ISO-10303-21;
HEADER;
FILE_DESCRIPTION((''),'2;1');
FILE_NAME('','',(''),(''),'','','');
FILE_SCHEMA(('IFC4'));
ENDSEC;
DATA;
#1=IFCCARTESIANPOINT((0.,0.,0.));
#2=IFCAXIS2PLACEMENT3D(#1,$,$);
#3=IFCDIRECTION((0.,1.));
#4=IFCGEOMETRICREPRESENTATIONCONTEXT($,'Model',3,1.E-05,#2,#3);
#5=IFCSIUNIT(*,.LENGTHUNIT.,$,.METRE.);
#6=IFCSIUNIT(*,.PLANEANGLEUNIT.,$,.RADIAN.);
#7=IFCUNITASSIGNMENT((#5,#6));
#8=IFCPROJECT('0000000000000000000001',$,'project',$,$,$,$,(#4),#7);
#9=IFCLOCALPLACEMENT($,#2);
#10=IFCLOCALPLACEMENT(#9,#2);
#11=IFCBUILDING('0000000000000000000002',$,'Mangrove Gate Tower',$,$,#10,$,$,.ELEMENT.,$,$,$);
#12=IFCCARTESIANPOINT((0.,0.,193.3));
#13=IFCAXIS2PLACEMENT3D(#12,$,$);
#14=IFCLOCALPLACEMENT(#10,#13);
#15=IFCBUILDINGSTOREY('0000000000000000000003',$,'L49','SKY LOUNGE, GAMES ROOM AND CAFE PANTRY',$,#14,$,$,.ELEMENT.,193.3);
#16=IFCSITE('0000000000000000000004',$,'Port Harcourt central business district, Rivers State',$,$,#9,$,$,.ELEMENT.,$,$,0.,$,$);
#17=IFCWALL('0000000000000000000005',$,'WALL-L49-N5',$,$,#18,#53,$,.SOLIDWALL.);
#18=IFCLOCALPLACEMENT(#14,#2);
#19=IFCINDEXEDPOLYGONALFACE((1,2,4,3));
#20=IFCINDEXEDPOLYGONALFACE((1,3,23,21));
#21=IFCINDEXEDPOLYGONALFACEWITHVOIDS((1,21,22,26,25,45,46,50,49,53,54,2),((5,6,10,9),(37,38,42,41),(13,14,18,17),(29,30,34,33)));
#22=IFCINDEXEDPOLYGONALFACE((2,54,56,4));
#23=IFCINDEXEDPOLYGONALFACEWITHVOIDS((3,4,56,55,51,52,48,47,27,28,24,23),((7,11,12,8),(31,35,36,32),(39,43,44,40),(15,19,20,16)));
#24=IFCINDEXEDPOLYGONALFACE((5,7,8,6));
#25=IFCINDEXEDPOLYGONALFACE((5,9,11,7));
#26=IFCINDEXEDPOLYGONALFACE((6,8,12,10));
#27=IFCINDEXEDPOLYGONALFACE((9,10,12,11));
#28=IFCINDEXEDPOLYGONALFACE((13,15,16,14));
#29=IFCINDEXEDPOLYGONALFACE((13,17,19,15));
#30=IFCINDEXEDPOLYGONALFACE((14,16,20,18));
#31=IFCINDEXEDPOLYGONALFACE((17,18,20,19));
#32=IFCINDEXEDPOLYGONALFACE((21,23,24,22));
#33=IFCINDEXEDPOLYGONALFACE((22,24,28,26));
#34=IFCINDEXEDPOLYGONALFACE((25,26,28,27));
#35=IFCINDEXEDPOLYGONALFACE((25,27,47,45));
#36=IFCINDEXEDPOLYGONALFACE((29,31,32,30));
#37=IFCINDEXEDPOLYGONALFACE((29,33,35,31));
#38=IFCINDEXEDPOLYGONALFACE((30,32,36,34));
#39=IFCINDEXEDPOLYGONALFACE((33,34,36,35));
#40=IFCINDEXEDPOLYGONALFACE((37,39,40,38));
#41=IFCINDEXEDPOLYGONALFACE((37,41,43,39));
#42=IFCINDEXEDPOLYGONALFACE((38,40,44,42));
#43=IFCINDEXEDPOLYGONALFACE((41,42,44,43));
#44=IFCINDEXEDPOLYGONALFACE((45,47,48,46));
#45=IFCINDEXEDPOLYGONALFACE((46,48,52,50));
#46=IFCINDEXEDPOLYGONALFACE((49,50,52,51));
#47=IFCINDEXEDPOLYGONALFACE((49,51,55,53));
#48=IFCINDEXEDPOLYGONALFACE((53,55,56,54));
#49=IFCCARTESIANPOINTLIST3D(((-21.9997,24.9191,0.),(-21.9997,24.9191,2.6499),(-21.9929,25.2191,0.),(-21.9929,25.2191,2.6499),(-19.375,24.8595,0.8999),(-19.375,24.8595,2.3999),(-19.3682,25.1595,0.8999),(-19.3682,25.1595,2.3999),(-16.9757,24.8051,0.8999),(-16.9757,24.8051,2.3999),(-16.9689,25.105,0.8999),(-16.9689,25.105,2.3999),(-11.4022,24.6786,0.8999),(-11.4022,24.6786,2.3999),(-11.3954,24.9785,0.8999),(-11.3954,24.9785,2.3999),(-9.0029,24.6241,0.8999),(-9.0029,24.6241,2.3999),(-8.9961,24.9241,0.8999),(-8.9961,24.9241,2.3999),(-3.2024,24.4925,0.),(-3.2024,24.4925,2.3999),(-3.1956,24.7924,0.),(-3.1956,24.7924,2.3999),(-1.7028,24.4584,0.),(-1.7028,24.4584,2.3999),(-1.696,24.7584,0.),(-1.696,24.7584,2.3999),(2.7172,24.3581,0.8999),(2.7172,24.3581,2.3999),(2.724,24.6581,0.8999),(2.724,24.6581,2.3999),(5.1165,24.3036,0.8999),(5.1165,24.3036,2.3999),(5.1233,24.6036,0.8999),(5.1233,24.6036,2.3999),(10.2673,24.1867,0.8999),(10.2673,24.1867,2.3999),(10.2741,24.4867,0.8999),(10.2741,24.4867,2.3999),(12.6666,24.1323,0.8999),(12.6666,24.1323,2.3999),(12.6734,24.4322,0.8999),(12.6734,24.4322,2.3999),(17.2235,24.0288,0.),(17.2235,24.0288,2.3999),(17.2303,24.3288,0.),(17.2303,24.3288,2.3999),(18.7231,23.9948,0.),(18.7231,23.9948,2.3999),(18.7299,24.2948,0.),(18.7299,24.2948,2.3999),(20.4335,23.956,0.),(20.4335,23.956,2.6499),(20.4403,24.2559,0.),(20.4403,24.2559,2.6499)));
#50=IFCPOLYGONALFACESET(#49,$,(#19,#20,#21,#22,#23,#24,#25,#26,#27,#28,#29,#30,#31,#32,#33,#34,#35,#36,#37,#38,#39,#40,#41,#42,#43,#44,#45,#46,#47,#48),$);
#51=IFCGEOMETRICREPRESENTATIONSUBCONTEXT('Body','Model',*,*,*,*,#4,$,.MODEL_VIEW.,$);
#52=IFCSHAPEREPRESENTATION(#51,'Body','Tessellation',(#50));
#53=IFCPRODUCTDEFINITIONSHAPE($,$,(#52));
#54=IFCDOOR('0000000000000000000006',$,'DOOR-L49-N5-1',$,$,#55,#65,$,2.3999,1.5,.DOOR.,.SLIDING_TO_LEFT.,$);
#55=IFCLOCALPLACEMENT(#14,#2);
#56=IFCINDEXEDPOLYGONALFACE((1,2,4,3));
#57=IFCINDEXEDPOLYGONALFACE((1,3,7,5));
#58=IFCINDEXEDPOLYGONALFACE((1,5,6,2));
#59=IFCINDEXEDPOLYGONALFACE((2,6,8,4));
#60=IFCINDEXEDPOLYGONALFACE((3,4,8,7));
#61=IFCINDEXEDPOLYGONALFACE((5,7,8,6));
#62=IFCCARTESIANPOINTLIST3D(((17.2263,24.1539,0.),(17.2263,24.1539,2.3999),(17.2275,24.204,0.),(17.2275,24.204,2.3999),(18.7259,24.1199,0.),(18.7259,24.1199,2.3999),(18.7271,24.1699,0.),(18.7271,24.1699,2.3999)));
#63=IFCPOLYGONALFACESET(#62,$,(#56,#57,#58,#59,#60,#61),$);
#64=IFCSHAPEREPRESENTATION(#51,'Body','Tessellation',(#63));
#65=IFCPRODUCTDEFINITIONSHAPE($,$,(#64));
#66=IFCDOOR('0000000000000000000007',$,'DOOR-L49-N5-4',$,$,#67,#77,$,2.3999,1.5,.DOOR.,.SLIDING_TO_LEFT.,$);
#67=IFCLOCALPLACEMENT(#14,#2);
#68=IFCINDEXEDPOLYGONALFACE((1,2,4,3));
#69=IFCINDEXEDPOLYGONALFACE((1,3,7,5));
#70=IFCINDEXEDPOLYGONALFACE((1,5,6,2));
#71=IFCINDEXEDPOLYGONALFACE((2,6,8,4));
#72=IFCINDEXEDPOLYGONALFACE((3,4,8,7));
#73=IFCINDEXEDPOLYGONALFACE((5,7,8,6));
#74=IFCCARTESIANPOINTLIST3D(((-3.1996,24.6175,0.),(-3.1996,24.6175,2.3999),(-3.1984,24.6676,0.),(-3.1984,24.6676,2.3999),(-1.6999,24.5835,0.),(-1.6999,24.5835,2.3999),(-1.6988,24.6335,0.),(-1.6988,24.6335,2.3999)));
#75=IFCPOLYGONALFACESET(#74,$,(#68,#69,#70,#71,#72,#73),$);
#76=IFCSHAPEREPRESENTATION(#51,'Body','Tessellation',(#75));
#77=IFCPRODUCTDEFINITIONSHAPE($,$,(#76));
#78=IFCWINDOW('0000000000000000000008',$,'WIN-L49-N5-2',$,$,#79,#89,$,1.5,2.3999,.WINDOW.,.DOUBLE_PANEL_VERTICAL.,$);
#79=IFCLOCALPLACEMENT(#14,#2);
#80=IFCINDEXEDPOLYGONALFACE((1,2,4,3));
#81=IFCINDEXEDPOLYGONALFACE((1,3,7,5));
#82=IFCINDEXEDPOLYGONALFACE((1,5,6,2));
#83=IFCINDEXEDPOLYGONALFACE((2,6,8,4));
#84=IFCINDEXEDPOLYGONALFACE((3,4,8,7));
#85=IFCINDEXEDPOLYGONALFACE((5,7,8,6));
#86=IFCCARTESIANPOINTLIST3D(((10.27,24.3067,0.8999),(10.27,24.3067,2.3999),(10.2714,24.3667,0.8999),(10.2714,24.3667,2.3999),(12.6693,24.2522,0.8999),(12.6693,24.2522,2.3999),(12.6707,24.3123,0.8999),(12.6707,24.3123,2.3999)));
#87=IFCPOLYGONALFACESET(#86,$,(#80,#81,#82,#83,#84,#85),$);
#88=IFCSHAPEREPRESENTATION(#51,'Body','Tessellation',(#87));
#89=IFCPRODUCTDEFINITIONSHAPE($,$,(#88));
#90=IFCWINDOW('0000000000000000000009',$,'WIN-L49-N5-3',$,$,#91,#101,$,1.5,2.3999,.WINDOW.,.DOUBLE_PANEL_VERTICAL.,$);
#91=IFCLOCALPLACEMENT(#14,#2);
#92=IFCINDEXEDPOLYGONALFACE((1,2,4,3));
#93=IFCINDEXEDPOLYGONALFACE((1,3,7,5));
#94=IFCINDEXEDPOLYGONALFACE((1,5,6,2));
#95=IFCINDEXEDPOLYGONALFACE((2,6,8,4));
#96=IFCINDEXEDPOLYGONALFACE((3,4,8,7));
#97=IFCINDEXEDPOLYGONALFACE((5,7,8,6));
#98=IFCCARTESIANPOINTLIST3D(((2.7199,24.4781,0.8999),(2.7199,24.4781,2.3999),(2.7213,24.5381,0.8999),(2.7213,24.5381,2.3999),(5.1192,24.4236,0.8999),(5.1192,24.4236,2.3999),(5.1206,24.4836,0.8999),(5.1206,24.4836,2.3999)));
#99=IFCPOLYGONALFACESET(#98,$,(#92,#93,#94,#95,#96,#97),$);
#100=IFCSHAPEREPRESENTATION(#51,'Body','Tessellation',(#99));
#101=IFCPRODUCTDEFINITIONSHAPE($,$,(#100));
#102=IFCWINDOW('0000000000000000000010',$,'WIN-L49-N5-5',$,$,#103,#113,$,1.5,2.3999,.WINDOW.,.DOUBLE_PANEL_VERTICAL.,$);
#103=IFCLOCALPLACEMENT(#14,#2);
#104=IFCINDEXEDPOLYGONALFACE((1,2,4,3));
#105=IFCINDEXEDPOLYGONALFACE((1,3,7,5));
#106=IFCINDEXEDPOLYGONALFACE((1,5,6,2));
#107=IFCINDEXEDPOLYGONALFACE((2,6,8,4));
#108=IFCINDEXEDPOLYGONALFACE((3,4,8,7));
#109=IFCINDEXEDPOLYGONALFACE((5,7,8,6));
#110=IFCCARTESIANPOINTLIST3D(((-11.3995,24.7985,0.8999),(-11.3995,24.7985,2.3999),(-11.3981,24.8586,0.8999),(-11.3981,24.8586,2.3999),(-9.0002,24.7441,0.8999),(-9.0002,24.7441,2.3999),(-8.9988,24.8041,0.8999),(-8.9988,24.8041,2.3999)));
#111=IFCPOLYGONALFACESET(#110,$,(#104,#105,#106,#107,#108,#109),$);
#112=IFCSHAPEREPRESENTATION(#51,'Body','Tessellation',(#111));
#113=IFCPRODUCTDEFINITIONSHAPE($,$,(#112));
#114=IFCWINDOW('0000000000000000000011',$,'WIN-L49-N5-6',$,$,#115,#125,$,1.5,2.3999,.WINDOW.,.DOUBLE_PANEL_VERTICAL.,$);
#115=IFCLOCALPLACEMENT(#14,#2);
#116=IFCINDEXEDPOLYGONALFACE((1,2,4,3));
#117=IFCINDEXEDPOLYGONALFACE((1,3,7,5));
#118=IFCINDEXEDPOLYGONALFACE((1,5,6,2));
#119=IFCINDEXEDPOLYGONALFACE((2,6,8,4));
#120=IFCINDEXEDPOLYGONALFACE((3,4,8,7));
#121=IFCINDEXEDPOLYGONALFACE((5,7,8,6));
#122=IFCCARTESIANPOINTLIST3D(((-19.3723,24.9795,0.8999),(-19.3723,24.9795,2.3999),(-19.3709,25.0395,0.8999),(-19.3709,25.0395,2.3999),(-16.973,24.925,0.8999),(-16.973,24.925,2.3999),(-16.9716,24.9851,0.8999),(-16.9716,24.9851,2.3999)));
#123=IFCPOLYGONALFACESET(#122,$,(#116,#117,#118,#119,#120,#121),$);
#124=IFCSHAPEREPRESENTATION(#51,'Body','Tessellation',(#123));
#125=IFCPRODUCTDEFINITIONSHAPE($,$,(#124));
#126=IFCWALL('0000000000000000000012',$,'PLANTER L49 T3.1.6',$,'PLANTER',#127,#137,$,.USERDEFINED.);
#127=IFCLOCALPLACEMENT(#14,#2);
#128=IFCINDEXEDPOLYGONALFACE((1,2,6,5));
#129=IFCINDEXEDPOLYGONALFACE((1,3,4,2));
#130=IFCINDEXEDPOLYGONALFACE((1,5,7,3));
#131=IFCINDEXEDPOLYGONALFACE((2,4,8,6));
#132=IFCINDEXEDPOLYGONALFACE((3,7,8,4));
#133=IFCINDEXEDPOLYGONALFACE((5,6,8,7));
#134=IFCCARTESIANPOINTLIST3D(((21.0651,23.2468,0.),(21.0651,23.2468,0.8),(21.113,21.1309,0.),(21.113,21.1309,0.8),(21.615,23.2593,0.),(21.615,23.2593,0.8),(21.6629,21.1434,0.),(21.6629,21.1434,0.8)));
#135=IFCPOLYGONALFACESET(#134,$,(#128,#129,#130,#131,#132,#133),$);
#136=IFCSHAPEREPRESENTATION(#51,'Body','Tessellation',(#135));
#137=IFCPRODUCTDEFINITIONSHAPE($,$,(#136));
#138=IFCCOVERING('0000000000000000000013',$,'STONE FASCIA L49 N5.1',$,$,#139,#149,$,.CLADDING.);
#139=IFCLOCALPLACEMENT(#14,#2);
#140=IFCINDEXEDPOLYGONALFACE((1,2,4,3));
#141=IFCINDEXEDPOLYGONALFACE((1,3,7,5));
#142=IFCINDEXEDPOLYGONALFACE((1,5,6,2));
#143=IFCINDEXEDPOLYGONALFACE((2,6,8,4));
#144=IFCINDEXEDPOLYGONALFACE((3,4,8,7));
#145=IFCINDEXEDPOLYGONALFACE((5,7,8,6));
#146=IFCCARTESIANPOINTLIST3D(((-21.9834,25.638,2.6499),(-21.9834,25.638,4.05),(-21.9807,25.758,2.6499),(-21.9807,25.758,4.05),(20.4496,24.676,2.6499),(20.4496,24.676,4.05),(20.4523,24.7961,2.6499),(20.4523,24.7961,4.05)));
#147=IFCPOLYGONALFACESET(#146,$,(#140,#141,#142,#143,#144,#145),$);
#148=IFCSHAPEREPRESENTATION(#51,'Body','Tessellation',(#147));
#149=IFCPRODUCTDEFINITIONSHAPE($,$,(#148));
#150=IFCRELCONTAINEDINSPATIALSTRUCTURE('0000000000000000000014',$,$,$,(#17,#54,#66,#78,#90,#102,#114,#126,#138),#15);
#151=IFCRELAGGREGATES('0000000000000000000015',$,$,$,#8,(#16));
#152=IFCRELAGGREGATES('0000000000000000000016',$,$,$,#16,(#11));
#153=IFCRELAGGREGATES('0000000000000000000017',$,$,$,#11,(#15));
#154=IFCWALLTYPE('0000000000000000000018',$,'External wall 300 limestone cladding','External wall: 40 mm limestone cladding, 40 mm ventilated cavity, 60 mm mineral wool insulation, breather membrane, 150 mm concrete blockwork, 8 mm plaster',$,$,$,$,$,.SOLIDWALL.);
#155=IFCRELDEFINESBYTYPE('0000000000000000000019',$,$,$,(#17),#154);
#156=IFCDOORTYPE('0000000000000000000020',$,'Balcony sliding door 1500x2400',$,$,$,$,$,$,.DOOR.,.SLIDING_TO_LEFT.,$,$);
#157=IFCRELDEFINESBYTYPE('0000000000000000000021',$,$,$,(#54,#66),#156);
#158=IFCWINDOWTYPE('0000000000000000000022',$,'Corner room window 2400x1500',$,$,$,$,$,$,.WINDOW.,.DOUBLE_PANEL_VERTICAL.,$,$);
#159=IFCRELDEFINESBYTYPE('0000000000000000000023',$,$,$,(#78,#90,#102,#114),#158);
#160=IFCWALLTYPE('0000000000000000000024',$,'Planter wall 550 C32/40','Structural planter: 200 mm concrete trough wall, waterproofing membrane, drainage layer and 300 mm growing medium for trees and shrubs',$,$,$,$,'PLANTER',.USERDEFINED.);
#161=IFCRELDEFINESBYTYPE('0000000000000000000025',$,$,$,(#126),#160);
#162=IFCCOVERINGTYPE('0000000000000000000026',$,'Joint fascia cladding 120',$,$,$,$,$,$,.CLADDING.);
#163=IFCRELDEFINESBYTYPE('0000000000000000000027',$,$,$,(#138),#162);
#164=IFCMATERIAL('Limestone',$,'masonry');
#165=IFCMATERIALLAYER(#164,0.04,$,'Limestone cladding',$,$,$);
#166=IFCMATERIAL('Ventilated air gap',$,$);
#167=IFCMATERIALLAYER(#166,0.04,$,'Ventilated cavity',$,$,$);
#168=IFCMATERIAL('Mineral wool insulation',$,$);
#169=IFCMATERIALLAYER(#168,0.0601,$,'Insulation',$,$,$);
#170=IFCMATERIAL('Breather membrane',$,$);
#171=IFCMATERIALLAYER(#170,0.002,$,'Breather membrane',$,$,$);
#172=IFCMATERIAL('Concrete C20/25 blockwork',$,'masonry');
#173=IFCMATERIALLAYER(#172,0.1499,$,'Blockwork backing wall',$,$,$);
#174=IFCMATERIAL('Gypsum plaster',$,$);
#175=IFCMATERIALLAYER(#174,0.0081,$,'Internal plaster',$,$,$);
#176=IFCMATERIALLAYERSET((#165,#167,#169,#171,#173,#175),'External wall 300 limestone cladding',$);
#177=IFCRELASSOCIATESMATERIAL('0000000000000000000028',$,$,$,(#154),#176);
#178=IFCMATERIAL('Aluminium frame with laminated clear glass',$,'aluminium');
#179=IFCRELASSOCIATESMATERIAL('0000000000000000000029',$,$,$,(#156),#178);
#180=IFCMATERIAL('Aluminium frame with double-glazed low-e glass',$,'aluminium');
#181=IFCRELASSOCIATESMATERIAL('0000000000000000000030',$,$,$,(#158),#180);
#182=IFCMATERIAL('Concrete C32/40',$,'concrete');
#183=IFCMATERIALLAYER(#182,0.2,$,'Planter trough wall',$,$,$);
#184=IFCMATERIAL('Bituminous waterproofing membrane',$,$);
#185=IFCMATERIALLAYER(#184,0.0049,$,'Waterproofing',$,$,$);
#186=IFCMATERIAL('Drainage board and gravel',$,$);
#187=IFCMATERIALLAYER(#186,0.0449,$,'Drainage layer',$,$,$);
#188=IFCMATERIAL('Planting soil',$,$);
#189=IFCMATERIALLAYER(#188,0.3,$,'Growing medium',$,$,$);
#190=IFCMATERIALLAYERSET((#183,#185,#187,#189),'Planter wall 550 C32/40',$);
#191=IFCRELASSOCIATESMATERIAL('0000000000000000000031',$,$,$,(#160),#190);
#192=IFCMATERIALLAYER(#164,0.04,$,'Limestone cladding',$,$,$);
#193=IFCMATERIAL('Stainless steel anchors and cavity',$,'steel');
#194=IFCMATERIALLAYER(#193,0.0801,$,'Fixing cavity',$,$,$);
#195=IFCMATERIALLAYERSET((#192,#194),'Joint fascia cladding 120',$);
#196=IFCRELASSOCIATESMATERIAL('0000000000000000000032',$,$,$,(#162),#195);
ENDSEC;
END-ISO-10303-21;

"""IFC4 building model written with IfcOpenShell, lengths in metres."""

from ifc_helpers import new_model, si_unit, direction, frame, frame_2d, origin, place, context, subcontext, project, spatial, rectangle, extrude, material, layer, layer_set, type_object, element, fill, save


model = new_model("IFC4")

# Units and contexts
model_context = context("Model", 3, precision=1e-05, world=origin(), true_north=direction((0.0, 1.0)))
body_context = subcontext(model_context, "Body", "Model", "MODEL_VIEW")
ifc_project = project(units=[si_unit("LENGTHUNIT", "METRE"), si_unit("PLANEANGLEUNIT", "RADIAN")], contexts=[model_context])

# Site, building, storey
site_placement = place(None, origin())
site = spatial("IfcSite", under=ifc_project, at=site_placement, Name="Port Harcourt central business district, Rivers State", CompositionType="ELEMENT", RefElevation=0.0)
building_placement = place(site_placement, origin())
building = spatial("IfcBuilding", under=site, at=building_placement, Name="Mangrove Gate Tower", CompositionType="ELEMENT")
storey_placement = place(building_placement, frame((0.0, 0.0, 193.3)))
storey = spatial("IfcBuildingStorey", under=building, at=storey_placement, Name="L49", Description="SKY LOUNGE, GAMES ROOM AND CAFE PANTRY", CompositionType="ELEMENT", Elevation=193.3)

# Shared definitions
ifc_material_1 = material(Name="Limestone", Category="masonry")
ifc_layer_1 = layer(ifc_material_1, 0.04, Name="Limestone cladding")
ifc_material_2 = material(Name="Ventilated air gap")
ifc_layer_2 = layer(ifc_material_2, 0.04, Name="Ventilated cavity")
ifc_material_3 = material(Name="Mineral wool insulation")
ifc_layer_3 = layer(ifc_material_3, 0.0601, Name="Insulation")
ifc_material_4 = material(Name="Breather membrane")
ifc_layer_4 = layer(ifc_material_4, 0.002, Name="Breather membrane")
ifc_material_5 = material(Name="Concrete C20/25 blockwork", Category="masonry")
ifc_layer_5 = layer(ifc_material_5, 0.1499, Name="Blockwork backing wall")
ifc_material_6 = material(Name="Gypsum plaster")
ifc_layer_6 = layer(ifc_material_6, 0.0081, Name="Internal plaster")
ifc_layer_set_1 = layer_set([ifc_layer_1, ifc_layer_2, ifc_layer_3, ifc_layer_4, ifc_layer_5, ifc_layer_6], Name="External wall 300 limestone cladding")
wall_type_1 = type_object("IfcWallType", Name="External wall 300 limestone cladding", Description="External wall: 40 mm limestone cladding, 40 mm ventilated cavity, 60 mm mineral wool insulation, breather membrane, 150 mm concrete blockwork, 8 mm plaster", PredefinedType="SOLIDWALL", material=ifc_layer_set_1)

# Wall, openings, doors, windows
wall_1_placement = place(storey_placement, frame((20.437, 24.106, 0.0), z_axis=(0.0, 0.0, 1.0), x_axis=(-0.999743, 0.022692, 0.0)))
wall_1 = element("IfcWall", 1, at=wall_1_placement, inside=storey, type_object=wall_type_1, Name="WALL-L49-N5", PredefinedType="SOLIDWALL", context=body_context, shape_type="SweptSolid", body=[
    extrude(rectangle(XDim=42.4441, YDim=0.3, at=frame_2d((21.2222, 0.0))), origin(), (0.0, 0.0, 1.0), 2.6499),
])
opening_1_placement = place(wall_1_placement, frame((1.7109, 0.0, 0.0)))
opening_1 = element("IfcOpeningElement", 2, at=opening_1_placement, cuts=wall_1, PredefinedType="OPENING", context=body_context, shape_type="SweptSolid", body=[
    extrude(rectangle(XDim=1.5, YDim=2.3999, at=frame_2d((0.75, 1.2))), frame((0.0, 0.1599, 0.0), z_axis=(0.0, -1.0, 0.0), x_axis=(1.0, 0.0, 0.0)), (0.0, 0.0, 1.0), 0.3201),
])
opening_2_placement = place(wall_1_placement, frame((7.769, 0.0, 0.8999)))
opening_2 = element("IfcOpeningElement", 3, at=opening_2_placement, cuts=wall_1, PredefinedType="OPENING", context=body_context, shape_type="SweptSolid", body=[
    extrude(rectangle(XDim=2.3999, YDim=1.5, at=frame_2d((1.2, 0.75))), frame((0.0, 0.1599, 0.0), z_axis=(0.0, -1.0, 0.0), x_axis=(1.0, 0.0, 0.0)), (0.0, 0.0, 1.0), 0.3201),
])
opening_3_placement = place(wall_1_placement, frame((15.321, 0.0, 0.8999)))
opening_3 = element("IfcOpeningElement", 4, at=opening_3_placement, cuts=wall_1, PredefinedType="OPENING", context=body_context, shape_type="SweptSolid", body=[
    extrude(rectangle(XDim=2.3999, YDim=1.5, at=frame_2d((1.2, 0.75))), frame((0.0, 0.1599, 0.0), z_axis=(0.0, -1.0, 0.0), x_axis=(1.0, 0.0, 0.0)), (0.0, 0.0, 1.0), 0.3201),
])
opening_4_placement = place(wall_1_placement, frame((22.1421, 0.0, 0.0)))
opening_4 = element("IfcOpeningElement", 5, at=opening_4_placement, cuts=wall_1, PredefinedType="OPENING", context=body_context, shape_type="SweptSolid", body=[
    extrude(rectangle(XDim=1.5, YDim=2.3999, at=frame_2d((0.75, 1.2))), frame((0.0, 0.1599, 0.0), z_axis=(0.0, -1.0, 0.0), x_axis=(1.0, 0.0, 0.0)), (0.0, 0.0, 1.0), 0.3201),
])
opening_5_placement = place(wall_1_placement, frame((29.4441, 0.0, 0.8999)))
opening_5 = element("IfcOpeningElement", 6, at=opening_5_placement, cuts=wall_1, PredefinedType="OPENING", context=body_context, shape_type="SweptSolid", body=[
    extrude(rectangle(XDim=2.3999, YDim=1.5, at=frame_2d((1.2, 0.75))), frame((0.0, 0.1599, 0.0), z_axis=(0.0, -1.0, 0.0), x_axis=(1.0, 0.0, 0.0)), (0.0, 0.0, 1.0), 0.3201),
])
opening_6_placement = place(wall_1_placement, frame((37.4189, 0.0, 0.8999)))
opening_6 = element("IfcOpeningElement", 7, at=opening_6_placement, cuts=wall_1, PredefinedType="OPENING", context=body_context, shape_type="SweptSolid", body=[
    extrude(rectangle(XDim=2.3999, YDim=1.5, at=frame_2d((1.2, 0.75))), frame((0.0, 0.1599, 0.0), z_axis=(0.0, -1.0, 0.0), x_axis=(1.0, 0.0, 0.0)), (0.0, 0.0, 1.0), 0.3201),
])
ifc_material_7 = material(Name="Aluminium frame with laminated clear glass", Category="aluminium")
door_type_1 = type_object("IfcDoorType", Name="Balcony sliding door 1500x2400", OperationType="SLIDING_TO_LEFT", PredefinedType="DOOR", material=ifc_material_7)
door_1_placement = place(opening_1_placement, origin())
door_1 = element("IfcDoor", 8, at=door_1_placement, inside=storey, type_object=door_type_1, Name="DOOR-L49-N5-1", OperationType="SLIDING_TO_LEFT", OverallHeight=2.3999, OverallWidth=1.5, PredefinedType="DOOR", context=body_context, shape_type="SweptSolid", body=[
    extrude(rectangle(XDim=1.5, YDim=2.3999, at=frame_2d((0.75, 1.2))), frame((0.0, 0.0249, 0.0), z_axis=(0.0, -1.0, 0.0), x_axis=(1.0, 0.0, 0.0)), (0.0, 0.0, 1.0), 0.05),
])
fill(opening_1, door_1)
door_2_placement = place(opening_4_placement, origin())
door_2 = element("IfcDoor", 9, at=door_2_placement, inside=storey, type_object=door_type_1, Name="DOOR-L49-N5-4", OperationType="SLIDING_TO_LEFT", OverallHeight=2.3999, OverallWidth=1.5, PredefinedType="DOOR", context=body_context, shape_type="SweptSolid", body=[
    extrude(rectangle(XDim=1.5, YDim=2.3999, at=frame_2d((0.75, 1.2))), frame((0.0, 0.0249, 0.0), z_axis=(0.0, -1.0, 0.0), x_axis=(1.0, 0.0, 0.0)), (0.0, 0.0, 1.0), 0.05),
])
fill(opening_4, door_2)
ifc_material_8 = material(Name="Aluminium frame with double-glazed low-e glass", Category="aluminium")
window_type = type_object("IfcWindowType", Name="Corner room window 2400x1500", PartitioningType="DOUBLE_PANEL_VERTICAL", PredefinedType="WINDOW", material=ifc_material_8)
window_1_placement = place(opening_2_placement, origin())
window_1 = element("IfcWindow", 10, at=window_1_placement, inside=storey, type_object=window_type, Name="WIN-L49-N5-2", OverallHeight=1.5, OverallWidth=2.3999, PartitioningType="DOUBLE_PANEL_VERTICAL", PredefinedType="WINDOW", context=body_context, shape_type="SweptSolid", body=[
    extrude(rectangle(XDim=2.3999, YDim=1.5, at=frame_2d((1.2, 0.75))), frame((0.0, 0.03, 0.0), z_axis=(0.0, -1.0, 0.0), x_axis=(1.0, 0.0, 0.0)), (0.0, 0.0, 1.0), 0.0601),
])
fill(opening_2, window_1)
window_2_placement = place(opening_3_placement, origin())
window_2 = element("IfcWindow", 11, at=window_2_placement, inside=storey, type_object=window_type, Name="WIN-L49-N5-3", OverallHeight=1.5, OverallWidth=2.3999, PartitioningType="DOUBLE_PANEL_VERTICAL", PredefinedType="WINDOW", context=body_context, shape_type="SweptSolid", body=[
    extrude(rectangle(XDim=2.3999, YDim=1.5, at=frame_2d((1.2, 0.75))), frame((0.0, 0.03, 0.0), z_axis=(0.0, -1.0, 0.0), x_axis=(1.0, 0.0, 0.0)), (0.0, 0.0, 1.0), 0.0601),
])
fill(opening_3, window_2)
window_3_placement = place(opening_5_placement, origin())
window_3 = element("IfcWindow", 12, at=window_3_placement, inside=storey, type_object=window_type, Name="WIN-L49-N5-5", OverallHeight=1.5, OverallWidth=2.3999, PartitioningType="DOUBLE_PANEL_VERTICAL", PredefinedType="WINDOW", context=body_context, shape_type="SweptSolid", body=[
    extrude(rectangle(XDim=2.3999, YDim=1.5, at=frame_2d((1.2, 0.75))), frame((0.0, 0.03, 0.0), z_axis=(0.0, -1.0, 0.0), x_axis=(1.0, 0.0, 0.0)), (0.0, 0.0, 1.0), 0.0601),
])
fill(opening_5, window_3)
window_4_placement = place(opening_6_placement, origin())
window_4 = element("IfcWindow", 13, at=window_4_placement, inside=storey, type_object=window_type, Name="WIN-L49-N5-6", OverallHeight=1.5, OverallWidth=2.3999, PartitioningType="DOUBLE_PANEL_VERTICAL", PredefinedType="WINDOW", context=body_context, shape_type="SweptSolid", body=[
    extrude(rectangle(XDim=2.3999, YDim=1.5, at=frame_2d((1.2, 0.75))), frame((0.0, 0.03, 0.0), z_axis=(0.0, -1.0, 0.0), x_axis=(1.0, 0.0, 0.0)), (0.0, 0.0, 1.0), 0.0601),
])
fill(opening_6, window_4)

# Wall
ifc_material_9 = material(Name="Concrete C32/40", Category="concrete")
ifc_layer_7 = layer(ifc_material_9, 0.2, Name="Planter trough wall")
ifc_material_10 = material(Name="Bituminous waterproofing membrane")
ifc_layer_8 = layer(ifc_material_10, 0.0049, Name="Waterproofing")
ifc_material_11 = material(Name="Drainage board and gravel")
ifc_layer_9 = layer(ifc_material_11, 0.0449, Name="Drainage layer")
ifc_material_12 = material(Name="Planting soil")
ifc_layer_10 = layer(ifc_material_12, 0.3, Name="Growing medium")
ifc_layer_set_2 = layer_set([ifc_layer_7, ifc_layer_8, ifc_layer_9, ifc_layer_10], Name="Planter wall 550 C32/40")
wall_type_2 = type_object("IfcWallType", Name="Planter wall 550 C32/40", Description="Structural planter: 200 mm concrete trough wall, waterproofing membrane, drainage layer and 300 mm growing medium for trees and shrubs", ElementType="PLANTER", PredefinedType="USERDEFINED", material=ifc_layer_set_2)
wall_2_placement = place(storey_placement, frame((21.3401, 23.2529, 0.0), z_axis=(0.0, 0.0, 1.0), x_axis=(0.022609, -0.999744, 0.0)))
element("IfcWall", 14, at=wall_2_placement, inside=storey, type_object=wall_type_2, Name="PLANTER L49 T3.1.6", ObjectType="PLANTER", PredefinedType="USERDEFINED", context=body_context, shape_type="SweptSolid", body=[
    extrude(rectangle(XDim=2.1165, YDim=0.55, at=frame_2d((1.0581, 0.0))), origin(), (0.0, 0.0, 1.0), 0.8),
])

# Covering
ifc_layer_11 = layer(ifc_material_1, 0.04, Name="Limestone cladding")
ifc_material_13 = material(Name="Stainless steel anchors and cavity", Category="steel")
ifc_layer_12 = layer(ifc_material_13, 0.0801, Name="Fixing cavity")
ifc_layer_set_3 = layer_set([ifc_layer_11, ifc_layer_12], Name="Joint fascia cladding 120")
covering_type = type_object("IfcCoveringType", Name="Joint fascia cladding 120", PredefinedType="CLADDING", material=ifc_layer_set_3)
covering_1_placement = place(storey_placement, frame((20.4509, 24.7361, 2.6499), z_axis=(0.0, 0.0, 1.0), x_axis=(-0.999743, 0.022663, 0.0)))
element("IfcCovering", 15, at=covering_1_placement, inside=storey, type_object=covering_type, Name="STONE FASCIA L49 N5.1", PredefinedType="CLADDING", context=body_context, shape_type="SweptSolid", body=[
    extrude(rectangle(XDim=42.4438, YDim=0.1201, at=frame_2d((21.2219, 0.0))), origin(), (0.0, 0.0, 1.0), 1.4001),
])

save(model, "model.ifc")
